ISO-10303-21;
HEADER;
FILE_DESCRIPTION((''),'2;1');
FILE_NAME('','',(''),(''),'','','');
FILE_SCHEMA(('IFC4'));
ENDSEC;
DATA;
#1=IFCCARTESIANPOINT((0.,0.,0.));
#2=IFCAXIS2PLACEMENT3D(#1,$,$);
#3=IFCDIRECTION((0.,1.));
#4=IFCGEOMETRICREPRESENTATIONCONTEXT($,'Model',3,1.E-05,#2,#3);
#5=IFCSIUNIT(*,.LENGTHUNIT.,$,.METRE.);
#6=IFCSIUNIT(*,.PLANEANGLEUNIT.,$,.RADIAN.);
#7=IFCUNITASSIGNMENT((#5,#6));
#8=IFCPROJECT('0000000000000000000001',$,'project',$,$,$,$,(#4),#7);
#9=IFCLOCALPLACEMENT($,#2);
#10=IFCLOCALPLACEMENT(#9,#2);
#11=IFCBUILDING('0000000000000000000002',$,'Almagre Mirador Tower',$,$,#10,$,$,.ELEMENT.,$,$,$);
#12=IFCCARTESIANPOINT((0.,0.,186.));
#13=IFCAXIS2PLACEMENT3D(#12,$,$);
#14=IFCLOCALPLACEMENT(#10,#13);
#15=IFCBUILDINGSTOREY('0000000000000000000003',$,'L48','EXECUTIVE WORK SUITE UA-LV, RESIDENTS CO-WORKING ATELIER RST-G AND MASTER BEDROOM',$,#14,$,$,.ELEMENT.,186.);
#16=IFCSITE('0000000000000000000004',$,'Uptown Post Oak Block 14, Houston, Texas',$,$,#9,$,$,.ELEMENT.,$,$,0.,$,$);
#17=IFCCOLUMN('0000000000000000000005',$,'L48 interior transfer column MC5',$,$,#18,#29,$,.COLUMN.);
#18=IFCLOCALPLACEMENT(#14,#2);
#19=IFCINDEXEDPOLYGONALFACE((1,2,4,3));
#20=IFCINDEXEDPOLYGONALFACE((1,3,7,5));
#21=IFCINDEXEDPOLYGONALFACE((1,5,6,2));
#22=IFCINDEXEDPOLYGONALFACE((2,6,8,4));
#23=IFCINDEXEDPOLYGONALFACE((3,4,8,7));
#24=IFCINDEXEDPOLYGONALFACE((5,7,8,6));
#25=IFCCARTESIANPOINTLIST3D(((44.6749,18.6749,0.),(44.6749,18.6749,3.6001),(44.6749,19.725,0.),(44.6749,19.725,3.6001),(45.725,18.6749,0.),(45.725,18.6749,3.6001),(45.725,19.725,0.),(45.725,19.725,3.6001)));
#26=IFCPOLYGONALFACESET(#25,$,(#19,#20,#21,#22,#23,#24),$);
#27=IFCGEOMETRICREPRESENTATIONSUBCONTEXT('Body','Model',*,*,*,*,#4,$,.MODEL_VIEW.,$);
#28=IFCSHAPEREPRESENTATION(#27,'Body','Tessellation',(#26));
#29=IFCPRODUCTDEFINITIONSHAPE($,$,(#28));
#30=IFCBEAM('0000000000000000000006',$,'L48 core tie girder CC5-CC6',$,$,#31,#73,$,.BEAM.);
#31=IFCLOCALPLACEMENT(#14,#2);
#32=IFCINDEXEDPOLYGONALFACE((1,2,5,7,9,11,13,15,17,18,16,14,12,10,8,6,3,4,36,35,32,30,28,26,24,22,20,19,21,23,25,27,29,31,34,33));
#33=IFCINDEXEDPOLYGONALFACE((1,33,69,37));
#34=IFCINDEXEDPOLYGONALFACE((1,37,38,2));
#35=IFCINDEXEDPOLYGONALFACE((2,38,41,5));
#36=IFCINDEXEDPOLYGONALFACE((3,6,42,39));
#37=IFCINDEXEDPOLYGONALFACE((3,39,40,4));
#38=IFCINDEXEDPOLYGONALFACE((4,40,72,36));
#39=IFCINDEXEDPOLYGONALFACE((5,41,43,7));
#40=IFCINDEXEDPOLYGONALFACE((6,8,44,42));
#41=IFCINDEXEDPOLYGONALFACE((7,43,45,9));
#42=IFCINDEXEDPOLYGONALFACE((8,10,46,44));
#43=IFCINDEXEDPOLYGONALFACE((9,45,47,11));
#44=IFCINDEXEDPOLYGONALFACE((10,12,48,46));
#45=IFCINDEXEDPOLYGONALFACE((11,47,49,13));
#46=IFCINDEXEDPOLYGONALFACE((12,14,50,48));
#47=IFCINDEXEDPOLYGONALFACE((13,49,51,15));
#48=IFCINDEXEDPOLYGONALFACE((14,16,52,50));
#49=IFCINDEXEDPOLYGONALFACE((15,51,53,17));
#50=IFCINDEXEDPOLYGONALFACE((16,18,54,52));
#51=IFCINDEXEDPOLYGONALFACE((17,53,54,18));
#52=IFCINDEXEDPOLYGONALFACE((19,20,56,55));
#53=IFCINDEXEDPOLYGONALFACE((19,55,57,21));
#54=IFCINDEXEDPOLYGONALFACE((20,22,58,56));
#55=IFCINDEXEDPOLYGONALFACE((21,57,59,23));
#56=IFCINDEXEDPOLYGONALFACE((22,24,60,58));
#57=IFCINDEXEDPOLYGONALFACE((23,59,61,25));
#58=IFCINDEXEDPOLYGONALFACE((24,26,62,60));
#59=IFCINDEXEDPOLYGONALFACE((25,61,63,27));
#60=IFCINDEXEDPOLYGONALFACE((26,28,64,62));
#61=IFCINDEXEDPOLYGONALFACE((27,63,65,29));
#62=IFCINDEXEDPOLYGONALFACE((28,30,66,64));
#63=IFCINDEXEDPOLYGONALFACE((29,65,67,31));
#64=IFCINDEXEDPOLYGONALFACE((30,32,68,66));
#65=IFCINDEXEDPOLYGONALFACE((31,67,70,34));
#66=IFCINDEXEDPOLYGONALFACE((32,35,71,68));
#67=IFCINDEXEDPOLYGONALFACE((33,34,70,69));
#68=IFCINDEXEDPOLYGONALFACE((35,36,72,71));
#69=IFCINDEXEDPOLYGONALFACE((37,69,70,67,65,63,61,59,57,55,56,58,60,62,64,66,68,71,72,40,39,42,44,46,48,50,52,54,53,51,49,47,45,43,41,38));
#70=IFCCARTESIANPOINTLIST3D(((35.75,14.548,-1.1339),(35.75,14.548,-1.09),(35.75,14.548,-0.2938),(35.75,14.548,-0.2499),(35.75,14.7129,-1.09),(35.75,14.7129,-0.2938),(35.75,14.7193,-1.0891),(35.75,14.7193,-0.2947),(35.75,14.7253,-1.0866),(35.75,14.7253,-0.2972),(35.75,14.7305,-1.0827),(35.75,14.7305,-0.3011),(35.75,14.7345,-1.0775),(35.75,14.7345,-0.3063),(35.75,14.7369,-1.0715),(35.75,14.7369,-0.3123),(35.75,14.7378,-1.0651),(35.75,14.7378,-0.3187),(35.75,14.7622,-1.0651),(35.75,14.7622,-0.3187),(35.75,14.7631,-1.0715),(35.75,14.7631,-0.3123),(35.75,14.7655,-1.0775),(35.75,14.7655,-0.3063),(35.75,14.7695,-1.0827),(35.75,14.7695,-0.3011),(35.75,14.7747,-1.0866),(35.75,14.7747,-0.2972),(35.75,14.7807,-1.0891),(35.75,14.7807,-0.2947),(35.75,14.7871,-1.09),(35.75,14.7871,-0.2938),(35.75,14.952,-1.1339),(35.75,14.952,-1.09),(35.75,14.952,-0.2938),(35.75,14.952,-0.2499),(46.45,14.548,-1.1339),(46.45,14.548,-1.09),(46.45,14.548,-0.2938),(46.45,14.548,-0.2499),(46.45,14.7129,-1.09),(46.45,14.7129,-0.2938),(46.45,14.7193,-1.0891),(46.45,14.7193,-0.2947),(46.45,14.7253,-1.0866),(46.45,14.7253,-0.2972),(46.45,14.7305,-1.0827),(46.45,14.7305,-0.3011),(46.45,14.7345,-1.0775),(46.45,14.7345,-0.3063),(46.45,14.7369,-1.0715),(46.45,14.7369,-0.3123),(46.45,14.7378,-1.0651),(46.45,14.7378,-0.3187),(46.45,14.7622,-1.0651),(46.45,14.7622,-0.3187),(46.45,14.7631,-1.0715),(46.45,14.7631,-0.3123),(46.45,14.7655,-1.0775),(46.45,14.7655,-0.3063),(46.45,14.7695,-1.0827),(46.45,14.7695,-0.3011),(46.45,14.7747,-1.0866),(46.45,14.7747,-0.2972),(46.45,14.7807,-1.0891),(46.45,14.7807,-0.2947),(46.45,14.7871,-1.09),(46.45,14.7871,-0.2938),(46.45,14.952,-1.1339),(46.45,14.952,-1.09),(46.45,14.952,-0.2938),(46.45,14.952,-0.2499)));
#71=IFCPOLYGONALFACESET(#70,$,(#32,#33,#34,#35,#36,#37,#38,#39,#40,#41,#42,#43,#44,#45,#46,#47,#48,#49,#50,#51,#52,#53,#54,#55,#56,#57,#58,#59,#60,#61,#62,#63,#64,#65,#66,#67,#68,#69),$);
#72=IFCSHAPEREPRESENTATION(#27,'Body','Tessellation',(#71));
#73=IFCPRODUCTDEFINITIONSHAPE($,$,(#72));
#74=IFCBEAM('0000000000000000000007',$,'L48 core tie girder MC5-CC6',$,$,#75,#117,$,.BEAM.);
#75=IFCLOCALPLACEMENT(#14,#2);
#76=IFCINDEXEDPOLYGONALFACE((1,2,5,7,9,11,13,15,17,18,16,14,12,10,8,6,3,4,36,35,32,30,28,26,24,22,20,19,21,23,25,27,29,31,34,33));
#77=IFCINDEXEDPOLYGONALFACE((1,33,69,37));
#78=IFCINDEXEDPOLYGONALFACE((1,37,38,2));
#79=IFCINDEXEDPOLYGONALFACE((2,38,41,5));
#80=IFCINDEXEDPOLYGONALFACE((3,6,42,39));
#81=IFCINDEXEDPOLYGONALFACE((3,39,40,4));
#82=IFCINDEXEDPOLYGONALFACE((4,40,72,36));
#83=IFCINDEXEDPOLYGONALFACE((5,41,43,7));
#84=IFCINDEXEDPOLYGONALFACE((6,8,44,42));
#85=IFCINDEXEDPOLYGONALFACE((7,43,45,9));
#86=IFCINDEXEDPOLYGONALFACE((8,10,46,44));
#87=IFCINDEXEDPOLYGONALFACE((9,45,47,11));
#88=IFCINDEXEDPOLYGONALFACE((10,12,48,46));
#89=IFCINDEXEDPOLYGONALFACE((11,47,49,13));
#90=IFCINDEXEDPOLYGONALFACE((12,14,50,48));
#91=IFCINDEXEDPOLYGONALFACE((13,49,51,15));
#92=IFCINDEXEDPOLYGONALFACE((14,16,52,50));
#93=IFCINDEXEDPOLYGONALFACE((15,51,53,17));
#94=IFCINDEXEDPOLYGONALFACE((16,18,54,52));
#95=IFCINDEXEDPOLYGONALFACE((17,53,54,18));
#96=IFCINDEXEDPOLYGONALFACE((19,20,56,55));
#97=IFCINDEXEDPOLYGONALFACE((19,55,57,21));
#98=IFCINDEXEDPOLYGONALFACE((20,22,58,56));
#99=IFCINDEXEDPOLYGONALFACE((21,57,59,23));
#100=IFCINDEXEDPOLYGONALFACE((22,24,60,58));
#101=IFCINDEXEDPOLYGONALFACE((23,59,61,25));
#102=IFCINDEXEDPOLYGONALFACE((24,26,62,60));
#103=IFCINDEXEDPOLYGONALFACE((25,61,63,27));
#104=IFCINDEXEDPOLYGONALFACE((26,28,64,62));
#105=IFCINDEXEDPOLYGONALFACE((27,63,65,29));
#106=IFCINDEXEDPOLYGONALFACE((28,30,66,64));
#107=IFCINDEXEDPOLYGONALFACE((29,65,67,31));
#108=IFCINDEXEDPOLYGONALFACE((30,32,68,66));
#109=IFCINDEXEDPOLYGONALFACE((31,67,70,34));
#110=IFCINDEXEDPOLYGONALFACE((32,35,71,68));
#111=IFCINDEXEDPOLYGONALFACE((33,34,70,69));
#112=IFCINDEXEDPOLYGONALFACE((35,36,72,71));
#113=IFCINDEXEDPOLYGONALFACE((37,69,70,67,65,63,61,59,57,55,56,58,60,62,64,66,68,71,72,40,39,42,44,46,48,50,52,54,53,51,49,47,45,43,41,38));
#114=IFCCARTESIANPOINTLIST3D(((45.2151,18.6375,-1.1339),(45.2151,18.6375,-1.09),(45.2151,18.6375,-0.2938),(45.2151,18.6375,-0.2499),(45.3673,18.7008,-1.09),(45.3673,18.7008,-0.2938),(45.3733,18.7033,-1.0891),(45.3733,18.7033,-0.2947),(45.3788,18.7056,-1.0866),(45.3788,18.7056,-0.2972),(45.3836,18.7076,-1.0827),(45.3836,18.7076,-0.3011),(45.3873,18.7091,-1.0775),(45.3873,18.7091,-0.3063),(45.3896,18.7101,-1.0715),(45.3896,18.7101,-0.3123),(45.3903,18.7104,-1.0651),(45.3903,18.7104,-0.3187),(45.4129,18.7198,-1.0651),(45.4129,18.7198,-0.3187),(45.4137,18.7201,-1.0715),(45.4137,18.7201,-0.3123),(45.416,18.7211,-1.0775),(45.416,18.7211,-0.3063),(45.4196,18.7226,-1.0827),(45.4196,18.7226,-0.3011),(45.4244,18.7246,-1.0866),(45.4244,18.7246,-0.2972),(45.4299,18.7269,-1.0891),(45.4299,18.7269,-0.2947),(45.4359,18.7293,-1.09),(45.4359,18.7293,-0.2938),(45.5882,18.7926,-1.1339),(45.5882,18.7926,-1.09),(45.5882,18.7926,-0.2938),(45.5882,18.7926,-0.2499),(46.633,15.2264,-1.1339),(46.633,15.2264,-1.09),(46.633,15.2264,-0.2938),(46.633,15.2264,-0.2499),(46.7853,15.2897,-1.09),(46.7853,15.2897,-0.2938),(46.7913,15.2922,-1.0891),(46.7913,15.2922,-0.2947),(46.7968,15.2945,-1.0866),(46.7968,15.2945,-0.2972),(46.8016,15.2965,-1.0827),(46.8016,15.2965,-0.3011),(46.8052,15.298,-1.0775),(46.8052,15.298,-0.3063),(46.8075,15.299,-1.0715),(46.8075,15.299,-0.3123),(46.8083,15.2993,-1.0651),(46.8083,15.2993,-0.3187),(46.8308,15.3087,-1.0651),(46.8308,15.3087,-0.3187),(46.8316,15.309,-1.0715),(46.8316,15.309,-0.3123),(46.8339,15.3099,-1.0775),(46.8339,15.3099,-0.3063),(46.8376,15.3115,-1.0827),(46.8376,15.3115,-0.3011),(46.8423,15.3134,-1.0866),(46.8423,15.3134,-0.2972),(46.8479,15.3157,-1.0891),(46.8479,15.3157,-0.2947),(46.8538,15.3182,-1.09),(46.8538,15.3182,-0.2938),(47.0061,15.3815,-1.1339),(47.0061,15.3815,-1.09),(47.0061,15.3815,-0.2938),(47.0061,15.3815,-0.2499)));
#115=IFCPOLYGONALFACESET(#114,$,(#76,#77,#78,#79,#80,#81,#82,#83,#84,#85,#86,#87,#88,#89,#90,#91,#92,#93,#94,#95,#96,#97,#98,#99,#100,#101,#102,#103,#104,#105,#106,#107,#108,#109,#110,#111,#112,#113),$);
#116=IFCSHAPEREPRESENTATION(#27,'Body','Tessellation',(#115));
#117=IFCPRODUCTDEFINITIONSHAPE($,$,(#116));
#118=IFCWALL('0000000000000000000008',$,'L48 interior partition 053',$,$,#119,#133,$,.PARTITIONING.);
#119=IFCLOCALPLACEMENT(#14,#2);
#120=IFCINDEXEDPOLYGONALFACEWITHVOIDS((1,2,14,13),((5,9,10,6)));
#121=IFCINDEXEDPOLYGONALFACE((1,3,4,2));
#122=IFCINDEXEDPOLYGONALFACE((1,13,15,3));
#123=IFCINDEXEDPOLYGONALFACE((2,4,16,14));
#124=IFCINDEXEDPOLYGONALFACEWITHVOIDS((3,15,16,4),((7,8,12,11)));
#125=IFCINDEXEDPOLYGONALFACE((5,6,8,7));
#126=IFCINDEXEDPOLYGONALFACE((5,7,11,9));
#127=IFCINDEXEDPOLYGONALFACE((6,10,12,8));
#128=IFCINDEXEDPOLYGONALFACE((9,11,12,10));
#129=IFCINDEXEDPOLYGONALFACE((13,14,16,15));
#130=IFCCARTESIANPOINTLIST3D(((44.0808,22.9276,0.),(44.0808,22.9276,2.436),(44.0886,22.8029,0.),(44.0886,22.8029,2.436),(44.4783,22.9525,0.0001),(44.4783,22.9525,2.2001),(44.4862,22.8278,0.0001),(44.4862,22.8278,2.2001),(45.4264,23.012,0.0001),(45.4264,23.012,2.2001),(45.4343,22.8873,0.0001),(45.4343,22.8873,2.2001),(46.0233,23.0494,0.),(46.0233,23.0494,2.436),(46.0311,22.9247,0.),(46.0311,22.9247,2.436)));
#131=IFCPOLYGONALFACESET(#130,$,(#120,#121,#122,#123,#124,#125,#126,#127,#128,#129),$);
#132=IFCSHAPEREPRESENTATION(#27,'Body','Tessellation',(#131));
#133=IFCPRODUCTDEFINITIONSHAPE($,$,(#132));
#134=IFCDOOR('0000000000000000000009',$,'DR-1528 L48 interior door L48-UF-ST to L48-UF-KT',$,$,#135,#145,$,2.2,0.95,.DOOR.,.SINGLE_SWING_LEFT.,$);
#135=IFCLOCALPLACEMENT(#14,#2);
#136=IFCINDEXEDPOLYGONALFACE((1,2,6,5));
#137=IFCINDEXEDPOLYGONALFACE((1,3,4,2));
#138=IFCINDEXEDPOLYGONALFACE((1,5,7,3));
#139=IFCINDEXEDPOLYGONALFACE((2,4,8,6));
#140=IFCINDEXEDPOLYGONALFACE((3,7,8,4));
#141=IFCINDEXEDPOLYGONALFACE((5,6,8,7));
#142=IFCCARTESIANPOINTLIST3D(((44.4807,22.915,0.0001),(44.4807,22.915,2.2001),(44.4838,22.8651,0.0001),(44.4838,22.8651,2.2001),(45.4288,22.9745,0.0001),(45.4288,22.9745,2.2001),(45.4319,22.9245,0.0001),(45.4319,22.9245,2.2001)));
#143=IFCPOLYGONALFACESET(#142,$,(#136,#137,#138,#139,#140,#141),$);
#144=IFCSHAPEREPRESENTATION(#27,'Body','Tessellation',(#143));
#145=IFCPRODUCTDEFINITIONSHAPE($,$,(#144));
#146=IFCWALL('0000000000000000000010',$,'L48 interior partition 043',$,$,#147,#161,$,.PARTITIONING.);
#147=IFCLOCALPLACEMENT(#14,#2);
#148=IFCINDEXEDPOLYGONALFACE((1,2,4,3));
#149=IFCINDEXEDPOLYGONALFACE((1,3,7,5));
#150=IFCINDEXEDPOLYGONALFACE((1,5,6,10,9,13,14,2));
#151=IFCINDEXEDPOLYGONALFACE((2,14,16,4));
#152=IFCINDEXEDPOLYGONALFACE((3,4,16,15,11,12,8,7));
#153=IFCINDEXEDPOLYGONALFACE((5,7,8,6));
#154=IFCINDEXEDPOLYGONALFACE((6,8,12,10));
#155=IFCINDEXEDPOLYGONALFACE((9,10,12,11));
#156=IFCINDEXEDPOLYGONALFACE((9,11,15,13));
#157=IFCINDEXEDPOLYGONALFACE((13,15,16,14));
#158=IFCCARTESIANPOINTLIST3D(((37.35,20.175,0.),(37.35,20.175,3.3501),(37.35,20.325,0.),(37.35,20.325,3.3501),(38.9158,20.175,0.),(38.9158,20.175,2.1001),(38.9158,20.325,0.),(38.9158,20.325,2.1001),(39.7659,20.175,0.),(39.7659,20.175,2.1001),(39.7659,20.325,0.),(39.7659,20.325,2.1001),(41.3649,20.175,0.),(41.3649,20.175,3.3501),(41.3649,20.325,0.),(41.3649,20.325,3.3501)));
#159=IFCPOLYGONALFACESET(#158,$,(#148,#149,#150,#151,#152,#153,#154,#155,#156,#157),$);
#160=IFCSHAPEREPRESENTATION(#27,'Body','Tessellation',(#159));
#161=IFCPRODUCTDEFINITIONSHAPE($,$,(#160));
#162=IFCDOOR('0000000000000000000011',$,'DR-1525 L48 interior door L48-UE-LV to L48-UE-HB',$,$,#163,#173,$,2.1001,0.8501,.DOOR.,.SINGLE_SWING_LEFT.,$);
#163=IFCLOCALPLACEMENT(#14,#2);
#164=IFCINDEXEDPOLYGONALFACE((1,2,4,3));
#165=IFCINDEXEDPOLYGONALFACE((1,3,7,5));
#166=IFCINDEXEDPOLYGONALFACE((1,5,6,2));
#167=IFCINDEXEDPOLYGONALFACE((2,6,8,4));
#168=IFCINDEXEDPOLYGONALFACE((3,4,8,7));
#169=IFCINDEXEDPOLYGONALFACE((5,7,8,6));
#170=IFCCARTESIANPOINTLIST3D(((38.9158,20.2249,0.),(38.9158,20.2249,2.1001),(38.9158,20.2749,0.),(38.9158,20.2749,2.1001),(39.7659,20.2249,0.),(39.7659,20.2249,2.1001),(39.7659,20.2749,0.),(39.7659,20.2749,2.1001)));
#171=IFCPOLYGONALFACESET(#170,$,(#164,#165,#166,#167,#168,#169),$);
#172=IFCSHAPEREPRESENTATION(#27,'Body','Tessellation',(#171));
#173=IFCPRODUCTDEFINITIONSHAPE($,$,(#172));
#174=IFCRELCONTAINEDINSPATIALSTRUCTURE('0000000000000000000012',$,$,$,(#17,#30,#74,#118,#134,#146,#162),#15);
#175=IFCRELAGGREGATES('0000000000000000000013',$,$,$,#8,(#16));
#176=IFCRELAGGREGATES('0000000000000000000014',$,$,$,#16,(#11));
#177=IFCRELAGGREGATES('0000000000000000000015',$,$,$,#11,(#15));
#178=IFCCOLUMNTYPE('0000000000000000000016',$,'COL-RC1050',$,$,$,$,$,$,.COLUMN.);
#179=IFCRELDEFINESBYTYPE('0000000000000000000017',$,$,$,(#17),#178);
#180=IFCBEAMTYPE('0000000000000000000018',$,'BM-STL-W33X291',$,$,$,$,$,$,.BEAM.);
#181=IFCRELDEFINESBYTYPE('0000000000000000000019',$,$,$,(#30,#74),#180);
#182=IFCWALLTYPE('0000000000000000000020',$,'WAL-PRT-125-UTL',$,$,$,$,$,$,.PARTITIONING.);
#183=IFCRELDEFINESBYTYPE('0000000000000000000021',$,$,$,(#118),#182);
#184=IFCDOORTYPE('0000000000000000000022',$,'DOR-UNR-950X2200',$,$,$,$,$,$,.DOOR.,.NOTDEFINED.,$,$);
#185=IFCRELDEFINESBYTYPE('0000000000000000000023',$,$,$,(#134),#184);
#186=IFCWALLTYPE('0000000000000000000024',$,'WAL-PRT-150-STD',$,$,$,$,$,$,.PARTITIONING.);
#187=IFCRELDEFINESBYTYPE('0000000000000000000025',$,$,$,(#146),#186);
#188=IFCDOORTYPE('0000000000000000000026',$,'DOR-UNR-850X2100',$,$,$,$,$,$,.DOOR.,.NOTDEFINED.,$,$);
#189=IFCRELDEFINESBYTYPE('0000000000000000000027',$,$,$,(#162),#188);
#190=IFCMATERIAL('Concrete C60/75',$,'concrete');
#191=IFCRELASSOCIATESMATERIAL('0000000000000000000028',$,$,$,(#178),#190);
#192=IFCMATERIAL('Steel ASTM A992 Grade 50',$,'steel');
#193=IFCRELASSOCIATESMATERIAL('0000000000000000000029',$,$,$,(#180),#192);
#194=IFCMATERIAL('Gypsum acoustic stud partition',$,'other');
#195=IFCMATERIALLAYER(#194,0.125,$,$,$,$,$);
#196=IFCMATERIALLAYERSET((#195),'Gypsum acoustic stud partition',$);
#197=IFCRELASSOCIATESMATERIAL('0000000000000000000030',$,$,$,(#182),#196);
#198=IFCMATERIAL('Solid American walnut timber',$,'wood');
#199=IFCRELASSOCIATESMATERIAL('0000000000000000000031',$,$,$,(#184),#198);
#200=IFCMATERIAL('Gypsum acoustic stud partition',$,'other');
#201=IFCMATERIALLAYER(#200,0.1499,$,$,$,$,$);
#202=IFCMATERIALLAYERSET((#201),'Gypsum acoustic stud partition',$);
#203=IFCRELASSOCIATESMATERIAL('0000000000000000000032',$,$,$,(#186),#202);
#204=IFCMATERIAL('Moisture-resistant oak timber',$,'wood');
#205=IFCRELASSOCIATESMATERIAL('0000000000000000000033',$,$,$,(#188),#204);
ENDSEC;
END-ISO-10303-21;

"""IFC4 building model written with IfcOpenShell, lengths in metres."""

from ifc_helpers import new_model, si_unit, direction, frame, frame_2d, origin, origin_2d, place, context, subcontext, project, spatial, rectangle, i_section, extrude, material, layer, layer_set, material_profile, profile_set, type_object, element, fill, save


model = new_model("IFC4")

# Units and contexts
model_context = context("Model", 3, precision=1e-05, world=origin(), true_north=direction((0.0, 1.0)))
body_context = subcontext(model_context, "Body", "Model", "MODEL_VIEW")
ifc_project = project(units=[si_unit("LENGTHUNIT", "METRE"), si_unit("PLANEANGLEUNIT", "RADIAN")], contexts=[model_context])

# Site, building, storey
site_placement = place(None, origin())
site = spatial("IfcSite", under=ifc_project, at=site_placement, Name="Uptown Post Oak Block 14, Houston, Texas", CompositionType="ELEMENT", RefElevation=0.0)
building_placement = place(site_placement, origin())
building = spatial("IfcBuilding", under=site, at=building_placement, Name="Almagre Mirador Tower", CompositionType="ELEMENT")
storey_placement = place(building_placement, frame((0.0, 0.0, 186.0)))
storey = spatial("IfcBuildingStorey", under=building, at=storey_placement, Name="L48", Description="EXECUTIVE WORK SUITE UA-LV, RESIDENTS CO-WORKING ATELIER RST-G AND MASTER BEDROOM", CompositionType="ELEMENT", Elevation=186.0)

# Column
ifc_material_1 = material(Name="Concrete C60/75", Category="concrete")
ifc_material_profile_1 = material_profile(ifc_material_1, rectangle(XDim=1.05, YDim=1.05, at=origin_2d()), Name="RC1050X1050")
ifc_profile_set_1 = profile_set([ifc_material_profile_1], Name="Concrete C60/75")
column_type = type_object("IfcColumnType", Name="COL-RC1050", PredefinedType="COLUMN", material=ifc_profile_set_1)
column_placement = place(storey_placement, frame((45.2, 19.2, 0.0), z_axis=(0.0, 0.0, 1.0), x_axis=(1.0, 0.0, 0.0)))
element("IfcColumn", 1, at=column_placement, inside=storey, type_object=column_type, Name="L48 interior transfer column MC5", PredefinedType="COLUMN", context=body_context, shape_type="SweptSolid", body=[
    extrude(rectangle(XDim=1.05, YDim=1.05, at=origin_2d()), origin(), (0.0, 0.0, 1.0), 3.6001),
])

# Beams
ifc_material_2 = material(Name="Steel ASTM A992 Grade 50", Category="steel")
ifc_material_profile_2 = material_profile(ifc_material_2, i_section(OverallWidth=0.4041, OverallDepth=0.884, WebThickness=0.0244, FlangeThickness=0.0439, FilletRadius=0.0249, at=origin_2d()), Name="W33X291")
ifc_profile_set_2 = profile_set([ifc_material_profile_2], Name="Steel ASTM A992 Grade 50")
beam_type = type_object("IfcBeamType", Name="BM-STL-W33X291", PredefinedType="BEAM", material=ifc_profile_set_2)
beam_1_placement = place(storey_placement, frame((35.75, 14.75, -0.6919), z_axis=(1.0, 0.0, 0.0), x_axis=(0.0, 1.0, 0.0)))
element("IfcBeam", 2, at=beam_1_placement, inside=storey, type_object=beam_type, Name="L48 core tie girder CC5-CC6", PredefinedType="BEAM", context=body_context, shape_type="SweptSolid", body=[
    extrude(i_section(OverallWidth=0.4041, OverallDepth=0.884, WebThickness=0.0244, FlangeThickness=0.0439, FilletRadius=0.0249, at=origin_2d()), origin(), (0.0, 0.0, 1.0), 10.7),
])
beam_2_placement = place(storey_placement, frame((45.4016, 18.7151, -0.6919), z_axis=(0.383846, -0.923397, 0.0), x_axis=(0.923397, 0.383846, 0.0)))
element("IfcBeam", 3, at=beam_2_placement, inside=storey, type_object=beam_type, Name="L48 core tie girder MC5-CC6", PredefinedType="BEAM", context=body_context, shape_type="SweptSolid", body=[
    extrude(i_section(OverallWidth=0.4041, OverallDepth=0.884, WebThickness=0.0244, FlangeThickness=0.0439, FilletRadius=0.0249, at=origin_2d()), origin(), (0.0, 0.0, 1.0), 3.6941),
])

# Walls, openings, doors
ifc_material_3 = material(Name="Gypsum acoustic stud partition", Category="other")
ifc_layer_1 = layer(ifc_material_3, 0.125)
ifc_layer_set_1 = layer_set([ifc_layer_1], Name="Gypsum acoustic stud partition")
wall_type_1 = type_object("IfcWallType", Name="WAL-PRT-125-UTL", PredefinedType="PARTITIONING", material=ifc_layer_set_1)
wall_1_placement = place(storey_placement, frame((44.0847, 22.8652, 0.0), z_axis=(0.0, 0.0, 1.0), x_axis=(0.998039, 0.062597, 0.0)))
wall_1 = element("IfcWall", 4, at=wall_1_placement, inside=storey, type_object=wall_type_1, Name="L48 interior partition 053", PredefinedType="PARTITIONING", context=body_context, shape_type="SweptSolid", body=[
    extrude(rectangle(XDim=1.9463, YDim=0.125, at=frame_2d((0.9731, 0.0))), origin(), (0.0, 0.0, 1.0), 2.436),
])
opening_1_placement = place(wall_1_placement, frame((0.3982, 0.0, 0.0)))
opening_1 = element("IfcOpeningElement", 5, at=opening_1_placement, cuts=wall_1, PredefinedType="OPENING", context=body_context, shape_type="SweptSolid", body=[
    extrude(rectangle(XDim=0.95, YDim=2.2, at=frame_2d((0.4751, 1.1001))), frame((0.0, 0.0725, 0.0), z_axis=(0.0, -1.0, 0.0), x_axis=(1.0, 0.0, 0.0)), (0.0, 0.0, 1.0), 0.145),
])
ifc_material_4 = material(Name="Solid American walnut timber", Category="wood")
door_type_1 = type_object("IfcDoorType", Name="DOR-UNR-950X2200", OperationType="NOTDEFINED", PredefinedType="DOOR", material=ifc_material_4)
door_1_placement = place(opening_1_placement, origin())
door_1 = element("IfcDoor", 6, at=door_1_placement, inside=storey, type_object=door_type_1, Name="DR-1528 L48 interior door L48-UF-ST to L48-UF-KT", OperationType="SINGLE_SWING_LEFT", OverallHeight=2.2, OverallWidth=0.95, PredefinedType="DOOR", context=body_context, shape_type="SweptSolid", body=[
    extrude(rectangle(XDim=0.95, YDim=2.2, at=frame_2d((0.4751, 1.1001))), frame((0.0, 0.0249, 0.0), z_axis=(0.0, -1.0, 0.0), x_axis=(1.0, 0.0, 0.0)), (0.0, 0.0, 1.0), 0.05),
])
fill(opening_1, door_1)
ifc_material_5 = material(Name="Gypsum acoustic stud partition", Category="other")
ifc_layer_2 = layer(ifc_material_5, 0.1499)
ifc_layer_set_2 = layer_set([ifc_layer_2], Name="Gypsum acoustic stud partition")
wall_type_2 = type_object("IfcWallType", Name="WAL-PRT-150-STD", PredefinedType="PARTITIONING", material=ifc_layer_set_2)
wall_2_placement = place(storey_placement, frame((37.3501, 20.25, 0.0), z_axis=(0.0, 0.0, 1.0), x_axis=(1.0, 0.0, 0.0)))
wall_2 = element("IfcWall", 7, at=wall_2_placement, inside=storey, type_object=wall_type_2, Name="L48 interior partition 043", PredefinedType="PARTITIONING", context=body_context, shape_type="SweptSolid", body=[
    extrude(rectangle(XDim=4.0149, YDim=0.1499, at=frame_2d((2.0073, 0.0))), origin(), (0.0, 0.0, 1.0), 3.3501),
])
opening_2_placement = place(wall_2_placement, frame((1.5657, 0.0, 0.0)))
opening_2 = element("IfcOpeningElement", 8, at=opening_2_placement, cuts=wall_2, PredefinedType="OPENING", context=body_context, shape_type="SweptSolid", body=[
    extrude(rectangle(XDim=0.8501, YDim=2.1001, at=frame_2d((0.425, 1.05))), frame((0.0, 0.085, 0.0), z_axis=(0.0, -1.0, 0.0), x_axis=(1.0, 0.0, 0.0)), (0.0, 0.0, 1.0), 0.1699),
])
ifc_material_6 = material(Name="Moisture-resistant oak timber", Category="wood")
door_type_2 = type_object("IfcDoorType", Name="DOR-UNR-850X2100", OperationType="NOTDEFINED", PredefinedType="DOOR", material=ifc_material_6)
door_2_placement = place(opening_2_placement, origin())
door_2 = element("IfcDoor", 9, at=door_2_placement, inside=storey, type_object=door_type_2, Name="DR-1525 L48 interior door L48-UE-LV to L48-UE-HB", OperationType="SINGLE_SWING_LEFT", OverallHeight=2.1001, OverallWidth=0.8501, PredefinedType="DOOR", context=body_context, shape_type="SweptSolid", body=[
    extrude(rectangle(XDim=0.8501, YDim=2.1001, at=frame_2d((0.425, 1.05))), frame((0.0, 0.0249, 0.0), z_axis=(0.0, -1.0, 0.0), x_axis=(1.0, 0.0, 0.0)), (0.0, 0.0, 1.0), 0.05),
])
fill(opening_2, door_2)

save(model, "model.ifc")
